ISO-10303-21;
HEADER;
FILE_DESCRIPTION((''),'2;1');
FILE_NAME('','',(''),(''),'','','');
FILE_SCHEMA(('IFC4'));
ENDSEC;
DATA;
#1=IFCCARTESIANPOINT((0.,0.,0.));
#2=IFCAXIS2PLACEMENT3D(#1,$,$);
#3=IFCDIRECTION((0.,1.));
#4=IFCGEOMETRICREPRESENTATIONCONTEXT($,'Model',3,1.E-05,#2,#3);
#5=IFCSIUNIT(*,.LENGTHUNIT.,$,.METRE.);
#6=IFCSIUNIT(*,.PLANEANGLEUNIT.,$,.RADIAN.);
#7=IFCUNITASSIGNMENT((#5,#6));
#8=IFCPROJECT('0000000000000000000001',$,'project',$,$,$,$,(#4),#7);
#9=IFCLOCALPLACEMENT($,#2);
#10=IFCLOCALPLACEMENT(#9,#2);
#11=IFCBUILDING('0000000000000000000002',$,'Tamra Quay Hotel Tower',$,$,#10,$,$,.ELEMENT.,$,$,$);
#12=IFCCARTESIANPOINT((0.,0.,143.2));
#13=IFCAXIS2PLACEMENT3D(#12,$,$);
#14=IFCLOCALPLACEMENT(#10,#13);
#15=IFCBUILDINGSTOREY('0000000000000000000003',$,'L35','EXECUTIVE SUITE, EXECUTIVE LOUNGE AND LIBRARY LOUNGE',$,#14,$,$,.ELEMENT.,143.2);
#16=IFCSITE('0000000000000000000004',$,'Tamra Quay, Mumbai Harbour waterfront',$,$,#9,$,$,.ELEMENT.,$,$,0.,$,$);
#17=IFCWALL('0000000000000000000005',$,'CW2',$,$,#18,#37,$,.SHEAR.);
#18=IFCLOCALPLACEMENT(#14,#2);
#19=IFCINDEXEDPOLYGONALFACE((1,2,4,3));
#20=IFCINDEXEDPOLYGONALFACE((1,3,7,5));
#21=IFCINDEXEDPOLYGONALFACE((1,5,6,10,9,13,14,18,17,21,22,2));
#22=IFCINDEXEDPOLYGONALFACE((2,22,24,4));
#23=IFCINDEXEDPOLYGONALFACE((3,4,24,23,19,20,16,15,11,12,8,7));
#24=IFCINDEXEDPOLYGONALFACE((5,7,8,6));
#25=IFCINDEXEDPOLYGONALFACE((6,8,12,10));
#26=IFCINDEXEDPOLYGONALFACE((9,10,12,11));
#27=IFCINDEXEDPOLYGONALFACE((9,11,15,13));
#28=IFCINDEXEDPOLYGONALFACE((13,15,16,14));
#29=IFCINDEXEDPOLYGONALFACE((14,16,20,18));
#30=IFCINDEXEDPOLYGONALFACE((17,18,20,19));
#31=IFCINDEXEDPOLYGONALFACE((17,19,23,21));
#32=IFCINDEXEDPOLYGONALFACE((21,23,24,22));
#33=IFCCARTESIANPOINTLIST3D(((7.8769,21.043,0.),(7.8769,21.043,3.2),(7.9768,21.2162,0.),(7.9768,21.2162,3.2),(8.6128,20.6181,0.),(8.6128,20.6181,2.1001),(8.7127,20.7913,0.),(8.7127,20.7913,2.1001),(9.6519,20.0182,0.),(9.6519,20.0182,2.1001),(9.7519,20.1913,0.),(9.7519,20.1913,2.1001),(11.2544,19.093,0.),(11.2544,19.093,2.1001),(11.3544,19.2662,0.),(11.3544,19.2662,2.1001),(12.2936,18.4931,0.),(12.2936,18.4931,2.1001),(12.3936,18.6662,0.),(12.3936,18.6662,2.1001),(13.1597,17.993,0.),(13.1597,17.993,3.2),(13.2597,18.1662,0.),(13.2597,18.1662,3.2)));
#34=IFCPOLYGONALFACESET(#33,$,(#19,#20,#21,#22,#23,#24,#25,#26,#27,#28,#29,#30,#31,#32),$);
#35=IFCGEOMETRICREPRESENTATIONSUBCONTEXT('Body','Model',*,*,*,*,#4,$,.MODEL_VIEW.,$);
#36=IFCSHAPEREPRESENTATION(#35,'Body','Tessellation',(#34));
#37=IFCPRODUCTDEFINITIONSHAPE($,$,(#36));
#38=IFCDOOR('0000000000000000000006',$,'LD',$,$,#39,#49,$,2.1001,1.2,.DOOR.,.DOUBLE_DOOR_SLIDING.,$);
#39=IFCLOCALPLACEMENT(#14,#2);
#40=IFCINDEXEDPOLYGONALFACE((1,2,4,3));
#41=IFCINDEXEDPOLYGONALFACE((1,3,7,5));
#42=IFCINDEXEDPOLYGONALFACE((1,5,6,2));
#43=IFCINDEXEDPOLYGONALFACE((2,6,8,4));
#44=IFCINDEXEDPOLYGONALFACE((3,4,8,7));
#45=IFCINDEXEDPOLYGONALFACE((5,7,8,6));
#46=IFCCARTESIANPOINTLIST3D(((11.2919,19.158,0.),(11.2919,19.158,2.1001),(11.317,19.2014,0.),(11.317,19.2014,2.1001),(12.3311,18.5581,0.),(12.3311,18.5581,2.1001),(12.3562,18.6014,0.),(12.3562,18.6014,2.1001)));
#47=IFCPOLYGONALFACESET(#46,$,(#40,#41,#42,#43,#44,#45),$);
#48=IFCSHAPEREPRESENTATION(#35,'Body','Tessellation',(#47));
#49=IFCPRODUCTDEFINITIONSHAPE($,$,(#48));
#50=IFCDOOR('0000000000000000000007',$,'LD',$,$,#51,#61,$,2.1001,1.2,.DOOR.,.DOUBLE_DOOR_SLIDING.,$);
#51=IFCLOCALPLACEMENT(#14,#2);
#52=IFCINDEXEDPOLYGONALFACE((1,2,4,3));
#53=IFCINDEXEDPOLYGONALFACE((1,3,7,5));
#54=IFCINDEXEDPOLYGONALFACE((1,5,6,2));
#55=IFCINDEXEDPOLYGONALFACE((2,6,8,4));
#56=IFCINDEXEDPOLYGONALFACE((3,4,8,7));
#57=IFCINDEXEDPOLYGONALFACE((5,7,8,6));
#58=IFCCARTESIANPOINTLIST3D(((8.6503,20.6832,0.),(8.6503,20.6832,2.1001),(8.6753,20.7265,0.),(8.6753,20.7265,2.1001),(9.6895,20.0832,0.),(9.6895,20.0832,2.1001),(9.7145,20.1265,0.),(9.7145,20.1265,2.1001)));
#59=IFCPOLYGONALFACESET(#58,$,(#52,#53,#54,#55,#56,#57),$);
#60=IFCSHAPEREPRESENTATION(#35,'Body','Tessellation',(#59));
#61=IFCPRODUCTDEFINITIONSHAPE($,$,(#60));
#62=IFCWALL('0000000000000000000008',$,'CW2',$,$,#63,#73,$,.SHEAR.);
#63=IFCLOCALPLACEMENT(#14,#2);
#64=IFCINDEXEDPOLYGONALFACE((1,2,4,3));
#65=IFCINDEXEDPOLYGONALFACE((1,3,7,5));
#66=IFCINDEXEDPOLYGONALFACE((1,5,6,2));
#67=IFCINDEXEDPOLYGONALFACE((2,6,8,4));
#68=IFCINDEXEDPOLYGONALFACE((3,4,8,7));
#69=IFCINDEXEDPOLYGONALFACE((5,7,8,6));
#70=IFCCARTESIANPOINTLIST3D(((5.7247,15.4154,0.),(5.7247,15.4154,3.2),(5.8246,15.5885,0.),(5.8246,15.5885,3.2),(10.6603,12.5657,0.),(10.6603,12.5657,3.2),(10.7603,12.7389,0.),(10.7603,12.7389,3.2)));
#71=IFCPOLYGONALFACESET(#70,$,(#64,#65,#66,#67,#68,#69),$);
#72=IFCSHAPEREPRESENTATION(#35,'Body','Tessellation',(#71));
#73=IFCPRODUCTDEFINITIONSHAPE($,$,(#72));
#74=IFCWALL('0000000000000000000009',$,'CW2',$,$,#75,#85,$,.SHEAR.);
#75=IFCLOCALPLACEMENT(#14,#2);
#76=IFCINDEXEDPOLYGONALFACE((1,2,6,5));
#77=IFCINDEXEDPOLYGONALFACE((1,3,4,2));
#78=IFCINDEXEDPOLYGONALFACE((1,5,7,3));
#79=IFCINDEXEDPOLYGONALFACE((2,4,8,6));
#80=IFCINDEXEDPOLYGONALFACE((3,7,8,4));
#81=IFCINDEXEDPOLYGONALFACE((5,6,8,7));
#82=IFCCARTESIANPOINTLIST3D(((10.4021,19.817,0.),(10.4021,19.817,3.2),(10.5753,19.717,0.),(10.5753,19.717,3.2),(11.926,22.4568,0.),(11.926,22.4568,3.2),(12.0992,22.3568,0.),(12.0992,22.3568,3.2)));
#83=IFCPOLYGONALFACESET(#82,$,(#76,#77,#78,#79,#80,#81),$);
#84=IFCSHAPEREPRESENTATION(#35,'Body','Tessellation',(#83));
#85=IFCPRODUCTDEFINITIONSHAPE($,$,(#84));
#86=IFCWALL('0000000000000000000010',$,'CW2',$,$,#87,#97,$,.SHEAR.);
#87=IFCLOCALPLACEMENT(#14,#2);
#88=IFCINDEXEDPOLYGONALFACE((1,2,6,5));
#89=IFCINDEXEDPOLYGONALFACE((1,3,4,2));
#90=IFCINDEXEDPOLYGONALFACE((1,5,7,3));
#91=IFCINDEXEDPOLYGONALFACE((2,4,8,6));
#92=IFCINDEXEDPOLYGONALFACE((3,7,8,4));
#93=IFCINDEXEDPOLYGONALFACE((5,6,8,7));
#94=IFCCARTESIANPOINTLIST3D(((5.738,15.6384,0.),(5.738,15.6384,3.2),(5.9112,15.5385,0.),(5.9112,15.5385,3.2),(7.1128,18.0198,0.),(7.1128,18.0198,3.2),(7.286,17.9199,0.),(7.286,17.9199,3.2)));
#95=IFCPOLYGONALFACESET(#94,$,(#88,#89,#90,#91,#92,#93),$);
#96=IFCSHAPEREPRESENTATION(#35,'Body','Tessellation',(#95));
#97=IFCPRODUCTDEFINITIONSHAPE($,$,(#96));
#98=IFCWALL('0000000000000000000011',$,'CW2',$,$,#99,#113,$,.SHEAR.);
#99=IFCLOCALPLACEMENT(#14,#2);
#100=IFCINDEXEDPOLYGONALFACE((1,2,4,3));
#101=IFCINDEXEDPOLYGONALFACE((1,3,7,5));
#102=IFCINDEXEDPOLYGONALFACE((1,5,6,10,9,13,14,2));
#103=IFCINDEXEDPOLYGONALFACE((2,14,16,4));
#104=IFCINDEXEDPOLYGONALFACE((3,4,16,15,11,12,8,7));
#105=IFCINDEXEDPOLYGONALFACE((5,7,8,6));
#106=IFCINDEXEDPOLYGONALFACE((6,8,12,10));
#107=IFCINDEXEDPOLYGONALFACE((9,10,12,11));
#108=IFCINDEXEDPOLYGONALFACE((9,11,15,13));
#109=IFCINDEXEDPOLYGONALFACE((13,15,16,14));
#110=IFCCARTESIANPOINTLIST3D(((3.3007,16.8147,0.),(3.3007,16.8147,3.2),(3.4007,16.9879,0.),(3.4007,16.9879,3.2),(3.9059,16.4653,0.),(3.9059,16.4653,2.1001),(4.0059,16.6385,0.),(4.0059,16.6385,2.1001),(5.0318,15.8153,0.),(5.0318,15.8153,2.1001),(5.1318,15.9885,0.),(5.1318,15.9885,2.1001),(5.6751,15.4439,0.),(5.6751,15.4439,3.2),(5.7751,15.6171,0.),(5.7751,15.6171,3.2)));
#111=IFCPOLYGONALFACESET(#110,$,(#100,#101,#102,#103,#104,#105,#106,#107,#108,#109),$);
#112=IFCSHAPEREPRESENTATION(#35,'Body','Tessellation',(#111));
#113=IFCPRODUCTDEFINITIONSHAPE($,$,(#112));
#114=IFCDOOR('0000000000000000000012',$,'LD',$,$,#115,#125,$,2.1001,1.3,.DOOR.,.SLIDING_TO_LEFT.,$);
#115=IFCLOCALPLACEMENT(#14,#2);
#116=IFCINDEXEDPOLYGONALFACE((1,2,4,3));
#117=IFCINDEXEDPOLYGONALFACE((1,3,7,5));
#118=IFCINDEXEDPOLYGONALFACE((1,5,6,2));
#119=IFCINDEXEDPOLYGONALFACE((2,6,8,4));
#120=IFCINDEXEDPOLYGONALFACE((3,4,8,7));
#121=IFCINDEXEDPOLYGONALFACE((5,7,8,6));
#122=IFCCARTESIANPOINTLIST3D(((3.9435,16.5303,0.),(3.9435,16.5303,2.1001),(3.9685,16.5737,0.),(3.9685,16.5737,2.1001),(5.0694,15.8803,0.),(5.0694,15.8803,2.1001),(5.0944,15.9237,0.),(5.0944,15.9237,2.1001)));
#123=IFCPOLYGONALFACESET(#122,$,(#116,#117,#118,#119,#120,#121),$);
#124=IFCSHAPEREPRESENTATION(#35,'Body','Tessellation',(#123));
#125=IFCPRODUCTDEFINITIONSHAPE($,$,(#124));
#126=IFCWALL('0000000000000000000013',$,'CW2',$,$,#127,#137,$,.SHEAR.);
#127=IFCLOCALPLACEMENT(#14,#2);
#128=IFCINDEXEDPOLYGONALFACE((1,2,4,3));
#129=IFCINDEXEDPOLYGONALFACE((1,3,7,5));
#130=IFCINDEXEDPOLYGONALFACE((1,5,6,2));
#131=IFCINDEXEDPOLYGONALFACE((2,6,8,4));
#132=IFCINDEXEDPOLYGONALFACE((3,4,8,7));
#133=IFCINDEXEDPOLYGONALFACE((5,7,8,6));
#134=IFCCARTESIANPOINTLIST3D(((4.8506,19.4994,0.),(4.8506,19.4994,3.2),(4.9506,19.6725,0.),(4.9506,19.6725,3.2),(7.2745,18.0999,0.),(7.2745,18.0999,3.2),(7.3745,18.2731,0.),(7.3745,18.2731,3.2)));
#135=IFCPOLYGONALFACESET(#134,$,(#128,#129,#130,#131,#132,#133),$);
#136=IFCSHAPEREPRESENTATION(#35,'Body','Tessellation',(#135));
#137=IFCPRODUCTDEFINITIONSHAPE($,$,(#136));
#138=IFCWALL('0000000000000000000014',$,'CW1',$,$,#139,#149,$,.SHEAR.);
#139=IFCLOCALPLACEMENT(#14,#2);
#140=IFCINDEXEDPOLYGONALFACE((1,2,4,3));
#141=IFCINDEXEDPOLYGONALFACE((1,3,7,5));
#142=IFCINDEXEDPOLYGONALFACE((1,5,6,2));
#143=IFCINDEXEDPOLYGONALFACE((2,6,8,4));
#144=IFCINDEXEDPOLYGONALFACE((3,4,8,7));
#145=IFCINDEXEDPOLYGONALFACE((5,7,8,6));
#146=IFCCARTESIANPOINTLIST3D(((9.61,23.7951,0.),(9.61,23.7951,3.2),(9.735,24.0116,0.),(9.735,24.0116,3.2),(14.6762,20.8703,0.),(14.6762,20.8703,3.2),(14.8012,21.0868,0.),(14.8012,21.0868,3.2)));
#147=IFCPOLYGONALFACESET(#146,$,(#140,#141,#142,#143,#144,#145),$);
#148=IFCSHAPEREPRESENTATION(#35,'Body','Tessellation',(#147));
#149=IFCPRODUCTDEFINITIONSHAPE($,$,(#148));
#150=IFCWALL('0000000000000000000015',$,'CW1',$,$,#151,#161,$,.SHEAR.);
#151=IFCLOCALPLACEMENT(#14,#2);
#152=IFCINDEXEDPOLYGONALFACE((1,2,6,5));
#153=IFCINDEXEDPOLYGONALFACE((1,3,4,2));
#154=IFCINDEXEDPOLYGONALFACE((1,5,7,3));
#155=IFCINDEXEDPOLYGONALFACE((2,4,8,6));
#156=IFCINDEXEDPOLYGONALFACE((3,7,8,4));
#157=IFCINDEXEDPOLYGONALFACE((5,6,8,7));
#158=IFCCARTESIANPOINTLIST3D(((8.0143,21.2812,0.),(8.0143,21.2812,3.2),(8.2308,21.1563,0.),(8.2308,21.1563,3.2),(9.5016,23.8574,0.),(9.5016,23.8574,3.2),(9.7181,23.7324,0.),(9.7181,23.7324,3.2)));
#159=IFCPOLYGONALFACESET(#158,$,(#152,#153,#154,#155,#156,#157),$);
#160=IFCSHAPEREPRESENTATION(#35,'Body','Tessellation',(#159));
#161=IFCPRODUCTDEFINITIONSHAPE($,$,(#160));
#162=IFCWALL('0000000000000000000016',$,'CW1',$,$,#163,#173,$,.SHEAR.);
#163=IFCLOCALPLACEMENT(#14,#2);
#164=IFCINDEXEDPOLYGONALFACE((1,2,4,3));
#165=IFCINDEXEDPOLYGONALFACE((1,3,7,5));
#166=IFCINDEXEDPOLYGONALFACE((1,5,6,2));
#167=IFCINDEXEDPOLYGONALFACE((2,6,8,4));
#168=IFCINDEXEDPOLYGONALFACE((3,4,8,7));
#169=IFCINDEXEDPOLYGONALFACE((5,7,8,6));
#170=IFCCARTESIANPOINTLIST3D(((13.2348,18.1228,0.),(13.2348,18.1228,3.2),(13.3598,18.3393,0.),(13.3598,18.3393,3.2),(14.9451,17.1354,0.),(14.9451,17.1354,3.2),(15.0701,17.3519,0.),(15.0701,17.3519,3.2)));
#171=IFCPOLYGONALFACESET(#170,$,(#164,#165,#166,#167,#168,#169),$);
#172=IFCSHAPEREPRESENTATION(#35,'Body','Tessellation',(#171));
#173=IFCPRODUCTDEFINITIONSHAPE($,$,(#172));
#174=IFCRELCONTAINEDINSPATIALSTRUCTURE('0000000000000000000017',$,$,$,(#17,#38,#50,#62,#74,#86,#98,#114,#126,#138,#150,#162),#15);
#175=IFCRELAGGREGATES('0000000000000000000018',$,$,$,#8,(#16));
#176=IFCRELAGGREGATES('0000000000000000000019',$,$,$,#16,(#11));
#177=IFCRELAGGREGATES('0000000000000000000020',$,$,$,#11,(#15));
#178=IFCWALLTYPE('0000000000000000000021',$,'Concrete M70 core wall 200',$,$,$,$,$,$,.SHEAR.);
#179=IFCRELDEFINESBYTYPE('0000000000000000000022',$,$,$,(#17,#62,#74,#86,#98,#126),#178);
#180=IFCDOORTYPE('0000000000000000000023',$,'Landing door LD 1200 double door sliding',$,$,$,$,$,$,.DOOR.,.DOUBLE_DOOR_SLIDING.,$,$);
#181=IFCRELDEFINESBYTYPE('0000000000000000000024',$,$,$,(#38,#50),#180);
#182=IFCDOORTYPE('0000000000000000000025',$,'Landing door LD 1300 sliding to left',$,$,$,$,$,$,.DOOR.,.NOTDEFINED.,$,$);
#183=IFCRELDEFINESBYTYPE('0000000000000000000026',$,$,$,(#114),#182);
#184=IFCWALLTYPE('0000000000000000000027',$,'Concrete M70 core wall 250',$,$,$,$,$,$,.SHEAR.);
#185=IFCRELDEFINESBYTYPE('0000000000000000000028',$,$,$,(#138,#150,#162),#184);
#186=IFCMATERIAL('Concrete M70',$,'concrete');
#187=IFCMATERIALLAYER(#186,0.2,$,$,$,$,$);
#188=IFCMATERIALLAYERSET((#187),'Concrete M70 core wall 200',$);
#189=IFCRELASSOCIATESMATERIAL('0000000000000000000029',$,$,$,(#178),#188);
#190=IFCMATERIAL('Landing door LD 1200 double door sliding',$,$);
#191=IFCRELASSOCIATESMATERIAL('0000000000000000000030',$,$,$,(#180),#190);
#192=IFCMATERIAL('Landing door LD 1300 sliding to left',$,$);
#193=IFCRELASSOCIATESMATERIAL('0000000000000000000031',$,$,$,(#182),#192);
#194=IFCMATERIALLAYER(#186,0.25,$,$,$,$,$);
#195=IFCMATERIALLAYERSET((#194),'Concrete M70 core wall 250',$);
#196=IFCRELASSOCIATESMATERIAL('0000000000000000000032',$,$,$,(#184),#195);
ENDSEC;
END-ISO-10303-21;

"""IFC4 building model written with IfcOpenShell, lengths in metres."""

from ifc_helpers import new_model, si_unit, direction, frame, frame_2d, origin, place, context, subcontext, project, spatial, rectangle, extrude, material, layer, layer_set, type_object, element, fill, save


model = new_model("IFC4")

# Units and contexts
model_context = context("Model", 3, precision=1e-05, world=origin(), true_north=direction((0.0, 1.0)))
body_context = subcontext(model_context, "Body", "Model", "MODEL_VIEW")
ifc_project = project(units=[si_unit("LENGTHUNIT", "METRE"), si_unit("PLANEANGLEUNIT", "RADIAN")], contexts=[model_context])

# Site, building, storey
site_placement = place(None, origin())
site = spatial("IfcSite", under=ifc_project, at=site_placement, Name="Tamra Quay, Mumbai Harbour waterfront", CompositionType="ELEMENT", RefElevation=0.0)
building_placement = place(site_placement, origin())
building = spatial("IfcBuilding", under=site, at=building_placement, Name="Tamra Quay Hotel Tower", CompositionType="ELEMENT")
storey_placement = place(building_placement, frame((0.0, 0.0, 143.2)))
storey = spatial("IfcBuildingStorey", under=building, at=storey_placement, Name="L35", Description="EXECUTIVE SUITE, EXECUTIVE LOUNGE AND LIBRARY LOUNGE", CompositionType="ELEMENT", Elevation=143.2)

# Shared definitions
ifc_material_1 = material(Name="Concrete M70", Category="concrete")

# Wall, openings, doors
ifc_layer_1 = layer(ifc_material_1, 0.2)
ifc_layer_set_1 = layer_set([ifc_layer_1], Name="Concrete M70 core wall 200")
wall_type_1 = type_object("IfcWallType", Name="Concrete M70 core wall 200", PredefinedType="SHEAR", material=ifc_layer_set_1)
wall_1_placement = place(storey_placement, frame((13.2097, 18.0796, 0.0), z_axis=(0.0, 0.0, 1.0), x_axis=(-0.86603, 0.499992, 0.0)))
wall_1 = element("IfcWall", 1, at=wall_1_placement, inside=storey, type_object=wall_type_1, Name="CW2", PredefinedType="SHEAR", context=body_context, shape_type="SweptSolid", body=[
    extrude(rectangle(XDim=6.1001, YDim=0.2, at=frame_2d((3.05, 0.0))), origin(), (0.0, 0.0, 1.0), 3.2),
])
opening_1_placement = place(wall_1_placement, frame((1.0, 0.0, 0.0)))
opening_1 = element("IfcOpeningElement", 2, at=opening_1_placement, cuts=wall_1, PredefinedType="OPENING", context=body_context, shape_type="SweptSolid", body=[
    extrude(rectangle(XDim=1.2, YDim=2.1001, at=frame_2d((0.6001, 1.05))), frame((0.0, 0.1099, 0.0), z_axis=(0.0, -1.0, 0.0), x_axis=(1.0, 0.0, 0.0)), (0.0, 0.0, 1.0), 0.22),
])
opening_2_placement = place(wall_1_placement, frame((4.0503, 0.0, 0.0)))
opening_2 = element("IfcOpeningElement", 3, at=opening_2_placement, cuts=wall_1, PredefinedType="OPENING", context=body_context, shape_type="SweptSolid", body=[
    extrude(rectangle(XDim=1.2, YDim=2.1001, at=frame_2d((0.6001, 1.05))), frame((0.0, 0.1099, 0.0), z_axis=(0.0, -1.0, 0.0), x_axis=(1.0, 0.0, 0.0)), (0.0, 0.0, 1.0), 0.22),
])
ifc_material_2 = material(Name="Landing door LD 1200 double door sliding")
door_type_1 = type_object("IfcDoorType", Name="Landing door LD 1200 double door sliding", OperationType="DOUBLE_DOOR_SLIDING", PredefinedType="DOOR", material=ifc_material_2)
door_1_placement = place(opening_1_placement, origin())
door_1 = element("IfcDoor", 4, at=door_1_placement, inside=storey, type_object=door_type_1, Name="LD", OperationType="DOUBLE_DOOR_SLIDING", OverallHeight=2.1001, OverallWidth=1.2, PredefinedType="DOOR", context=body_context, shape_type="SweptSolid", body=[
    extrude(rectangle(XDim=1.2, YDim=2.1001, at=frame_2d((0.6001, 1.05))), frame((0.0, 0.0249, 0.0), z_axis=(0.0, -1.0, 0.0), x_axis=(1.0, 0.0, 0.0)), (0.0, 0.0, 1.0), 0.05),
])
fill(opening_1, door_1)
door_2_placement = place(opening_2_placement, origin())
door_2 = element("IfcDoor", 5, at=door_2_placement, inside=storey, type_object=door_type_1, Name="LD", OperationType="DOUBLE_DOOR_SLIDING", OverallHeight=2.1001, OverallWidth=1.2, PredefinedType="DOOR", context=body_context, shape_type="SweptSolid", body=[
    extrude(rectangle(XDim=1.2, YDim=2.1001, at=frame_2d((0.6001, 1.05))), frame((0.0, 0.0249, 0.0), z_axis=(0.0, -1.0, 0.0), x_axis=(1.0, 0.0, 0.0)), (0.0, 0.0, 1.0), 0.05),
])
fill(opening_2, door_2)

# Walls
wall_2_placement = place(storey_placement, frame((5.7747, 15.502, 0.0), z_axis=(0.0, 0.0, 1.0), x_axis=(0.86602, -0.500009, 0.0)))
element("IfcWall", 6, at=wall_2_placement, inside=storey, type_object=wall_type_1, Name="CW2", PredefinedType="SHEAR", context=body_context, shape_type="SweptSolid", body=[
    extrude(rectangle(XDim=5.6992, YDim=0.2, at=frame_2d((2.8496, 0.0))), origin(), (0.0, 0.0, 1.0), 3.2),
])
wall_3_placement = place(storey_placement, frame((10.4888, 19.7671, 0.0), z_axis=(0.0, 0.0, 1.0), x_axis=(0.499947, 0.866056, 0.0)))
element("IfcWall", 7, at=wall_3_placement, inside=storey, type_object=wall_type_1, Name="CW2", PredefinedType="SHEAR", context=body_context, shape_type="SweptSolid", body=[
    extrude(rectangle(XDim=3.0481, YDim=0.2, at=frame_2d((1.5239, 0.0))), origin(), (0.0, 0.0, 1.0), 3.2),
])
wall_4_placement = place(storey_placement, frame((7.1995, 17.97, 0.0), z_axis=(0.0, 0.0, 1.0), x_axis=(-0.499968, -0.866044, 0.0)))
element("IfcWall", 8, at=wall_4_placement, inside=storey, type_object=wall_type_1, Name="CW2", PredefinedType="SHEAR", context=body_context, shape_type="SweptSolid", body=[
    extrude(rectangle(XDim=2.7498, YDim=0.2, at=frame_2d((1.375, 0.0))), origin(), (0.0, 0.0, 1.0), 3.2),
])

# Wall, opening, door
wall_5_placement = place(storey_placement, frame((5.7251, 15.5305, 0.0), z_axis=(0.0, 0.0, 1.0), x_axis=(-0.866037, 0.499979, 0.0)))
wall_5 = element("IfcWall", 9, at=wall_5_placement, inside=storey, type_object=wall_type_1, Name="CW2", PredefinedType="SHEAR", context=body_context, shape_type="SweptSolid", body=[
    extrude(rectangle(XDim=2.7417, YDim=0.2, at=frame_2d((1.3708, 0.0))), origin(), (0.0, 0.0, 1.0), 3.2),
])
opening_3_placement = place(wall_5_placement, frame((0.7429, 0.0, 0.0)))
opening_3 = element("IfcOpeningElement", 10, at=opening_3_placement, cuts=wall_5, PredefinedType="OPENING", context=body_context, shape_type="SweptSolid", body=[
    extrude(rectangle(XDim=1.3, YDim=2.1001, at=frame_2d((0.6499, 1.05))), frame((0.0, 0.1099, 0.0), z_axis=(0.0, -1.0, 0.0), x_axis=(1.0, 0.0, 0.0)), (0.0, 0.0, 1.0), 0.22),
])
ifc_material_3 = material(Name="Landing door LD 1300 sliding to left")
door_type_2 = type_object("IfcDoorType", Name="Landing door LD 1300 sliding to left", OperationType="NOTDEFINED", PredefinedType="DOOR", material=ifc_material_3)
door_3_placement = place(opening_3_placement, origin())
door_3 = element("IfcDoor", 11, at=door_3_placement, inside=storey, type_object=door_type_2, Name="LD", OperationType="SLIDING_TO_LEFT", OverallHeight=2.1001, OverallWidth=1.3, PredefinedType="DOOR", context=body_context, shape_type="SweptSolid", body=[
    extrude(rectangle(XDim=1.3, YDim=2.1001, at=frame_2d((0.6499, 1.05))), frame((0.0, 0.0249, 0.0), z_axis=(0.0, -1.0, 0.0), x_axis=(1.0, 0.0, 0.0)), (0.0, 0.0, 1.0), 0.05),
])
fill(opening_3, door_3)

# Walls
wall_6_placement = place(storey_placement, frame((4.9006, 19.5859, 0.0), z_axis=(0.0, 0.0, 1.0), x_axis=(0.866023, -0.500004, 0.0)))
element("IfcWall", 12, at=wall_6_placement, inside=storey, type_object=wall_type_1, Name="CW2", PredefinedType="SHEAR", context=body_context, shape_type="SweptSolid", body=[
    extrude(rectangle(XDim=2.7988, YDim=0.2, at=frame_2d((1.3994, 0.0))), origin(), (0.0, 0.0, 1.0), 3.2),
])
ifc_layer_2 = layer(ifc_material_1, 0.25)
ifc_layer_set_2 = layer_set([ifc_layer_2], Name="Concrete M70 core wall 250")
wall_type_2 = type_object("IfcWallType", Name="Concrete M70 core wall 250", PredefinedType="SHEAR", material=ifc_layer_set_2)
wall_7_placement = place(storey_placement, frame((9.6726, 23.9033, 0.0), z_axis=(0.0, 0.0, 1.0), x_axis=(0.866036, -0.499981, 0.0)))
element("IfcWall", 13, at=wall_7_placement, inside=storey, type_object=wall_type_2, Name="CW1", PredefinedType="SHEAR", context=body_context, shape_type="SweptSolid", body=[
    extrude(rectangle(XDim=5.8499, YDim=0.25, at=frame_2d((2.9248, 0.0))), origin(), (0.0, 0.0, 1.0), 3.2),
])
wall_8_placement = place(storey_placement, frame((8.1226, 21.2188, 0.0), z_axis=(0.0, 0.0, 1.0), x_axis=(0.499988, 0.866033, 0.0)))
element("IfcWall", 14, at=wall_8_placement, inside=storey, type_object=wall_type_2, Name="CW1", PredefinedType="SHEAR", context=body_context, shape_type="SweptSolid", body=[
    extrude(rectangle(XDim=2.9746, YDim=0.25, at=frame_2d((1.4873, 0.0))), origin(), (0.0, 0.0, 1.0), 3.2),
])
wall_9_placement = place(storey_placement, frame((13.2974, 18.231, 0.0), z_axis=(0.0, 0.0, 1.0), x_axis=(0.866044, -0.499969, 0.0)))
element("IfcWall", 15, at=wall_9_placement, inside=storey, type_object=wall_type_2, Name="CW1", PredefinedType="SHEAR", context=body_context, shape_type="SweptSolid", body=[
    extrude(rectangle(XDim=1.9749, YDim=0.25, at=frame_2d((0.9873, 0.0))), origin(), (0.0, 0.0, 1.0), 3.2),
])

save(model, "model.ifc")
